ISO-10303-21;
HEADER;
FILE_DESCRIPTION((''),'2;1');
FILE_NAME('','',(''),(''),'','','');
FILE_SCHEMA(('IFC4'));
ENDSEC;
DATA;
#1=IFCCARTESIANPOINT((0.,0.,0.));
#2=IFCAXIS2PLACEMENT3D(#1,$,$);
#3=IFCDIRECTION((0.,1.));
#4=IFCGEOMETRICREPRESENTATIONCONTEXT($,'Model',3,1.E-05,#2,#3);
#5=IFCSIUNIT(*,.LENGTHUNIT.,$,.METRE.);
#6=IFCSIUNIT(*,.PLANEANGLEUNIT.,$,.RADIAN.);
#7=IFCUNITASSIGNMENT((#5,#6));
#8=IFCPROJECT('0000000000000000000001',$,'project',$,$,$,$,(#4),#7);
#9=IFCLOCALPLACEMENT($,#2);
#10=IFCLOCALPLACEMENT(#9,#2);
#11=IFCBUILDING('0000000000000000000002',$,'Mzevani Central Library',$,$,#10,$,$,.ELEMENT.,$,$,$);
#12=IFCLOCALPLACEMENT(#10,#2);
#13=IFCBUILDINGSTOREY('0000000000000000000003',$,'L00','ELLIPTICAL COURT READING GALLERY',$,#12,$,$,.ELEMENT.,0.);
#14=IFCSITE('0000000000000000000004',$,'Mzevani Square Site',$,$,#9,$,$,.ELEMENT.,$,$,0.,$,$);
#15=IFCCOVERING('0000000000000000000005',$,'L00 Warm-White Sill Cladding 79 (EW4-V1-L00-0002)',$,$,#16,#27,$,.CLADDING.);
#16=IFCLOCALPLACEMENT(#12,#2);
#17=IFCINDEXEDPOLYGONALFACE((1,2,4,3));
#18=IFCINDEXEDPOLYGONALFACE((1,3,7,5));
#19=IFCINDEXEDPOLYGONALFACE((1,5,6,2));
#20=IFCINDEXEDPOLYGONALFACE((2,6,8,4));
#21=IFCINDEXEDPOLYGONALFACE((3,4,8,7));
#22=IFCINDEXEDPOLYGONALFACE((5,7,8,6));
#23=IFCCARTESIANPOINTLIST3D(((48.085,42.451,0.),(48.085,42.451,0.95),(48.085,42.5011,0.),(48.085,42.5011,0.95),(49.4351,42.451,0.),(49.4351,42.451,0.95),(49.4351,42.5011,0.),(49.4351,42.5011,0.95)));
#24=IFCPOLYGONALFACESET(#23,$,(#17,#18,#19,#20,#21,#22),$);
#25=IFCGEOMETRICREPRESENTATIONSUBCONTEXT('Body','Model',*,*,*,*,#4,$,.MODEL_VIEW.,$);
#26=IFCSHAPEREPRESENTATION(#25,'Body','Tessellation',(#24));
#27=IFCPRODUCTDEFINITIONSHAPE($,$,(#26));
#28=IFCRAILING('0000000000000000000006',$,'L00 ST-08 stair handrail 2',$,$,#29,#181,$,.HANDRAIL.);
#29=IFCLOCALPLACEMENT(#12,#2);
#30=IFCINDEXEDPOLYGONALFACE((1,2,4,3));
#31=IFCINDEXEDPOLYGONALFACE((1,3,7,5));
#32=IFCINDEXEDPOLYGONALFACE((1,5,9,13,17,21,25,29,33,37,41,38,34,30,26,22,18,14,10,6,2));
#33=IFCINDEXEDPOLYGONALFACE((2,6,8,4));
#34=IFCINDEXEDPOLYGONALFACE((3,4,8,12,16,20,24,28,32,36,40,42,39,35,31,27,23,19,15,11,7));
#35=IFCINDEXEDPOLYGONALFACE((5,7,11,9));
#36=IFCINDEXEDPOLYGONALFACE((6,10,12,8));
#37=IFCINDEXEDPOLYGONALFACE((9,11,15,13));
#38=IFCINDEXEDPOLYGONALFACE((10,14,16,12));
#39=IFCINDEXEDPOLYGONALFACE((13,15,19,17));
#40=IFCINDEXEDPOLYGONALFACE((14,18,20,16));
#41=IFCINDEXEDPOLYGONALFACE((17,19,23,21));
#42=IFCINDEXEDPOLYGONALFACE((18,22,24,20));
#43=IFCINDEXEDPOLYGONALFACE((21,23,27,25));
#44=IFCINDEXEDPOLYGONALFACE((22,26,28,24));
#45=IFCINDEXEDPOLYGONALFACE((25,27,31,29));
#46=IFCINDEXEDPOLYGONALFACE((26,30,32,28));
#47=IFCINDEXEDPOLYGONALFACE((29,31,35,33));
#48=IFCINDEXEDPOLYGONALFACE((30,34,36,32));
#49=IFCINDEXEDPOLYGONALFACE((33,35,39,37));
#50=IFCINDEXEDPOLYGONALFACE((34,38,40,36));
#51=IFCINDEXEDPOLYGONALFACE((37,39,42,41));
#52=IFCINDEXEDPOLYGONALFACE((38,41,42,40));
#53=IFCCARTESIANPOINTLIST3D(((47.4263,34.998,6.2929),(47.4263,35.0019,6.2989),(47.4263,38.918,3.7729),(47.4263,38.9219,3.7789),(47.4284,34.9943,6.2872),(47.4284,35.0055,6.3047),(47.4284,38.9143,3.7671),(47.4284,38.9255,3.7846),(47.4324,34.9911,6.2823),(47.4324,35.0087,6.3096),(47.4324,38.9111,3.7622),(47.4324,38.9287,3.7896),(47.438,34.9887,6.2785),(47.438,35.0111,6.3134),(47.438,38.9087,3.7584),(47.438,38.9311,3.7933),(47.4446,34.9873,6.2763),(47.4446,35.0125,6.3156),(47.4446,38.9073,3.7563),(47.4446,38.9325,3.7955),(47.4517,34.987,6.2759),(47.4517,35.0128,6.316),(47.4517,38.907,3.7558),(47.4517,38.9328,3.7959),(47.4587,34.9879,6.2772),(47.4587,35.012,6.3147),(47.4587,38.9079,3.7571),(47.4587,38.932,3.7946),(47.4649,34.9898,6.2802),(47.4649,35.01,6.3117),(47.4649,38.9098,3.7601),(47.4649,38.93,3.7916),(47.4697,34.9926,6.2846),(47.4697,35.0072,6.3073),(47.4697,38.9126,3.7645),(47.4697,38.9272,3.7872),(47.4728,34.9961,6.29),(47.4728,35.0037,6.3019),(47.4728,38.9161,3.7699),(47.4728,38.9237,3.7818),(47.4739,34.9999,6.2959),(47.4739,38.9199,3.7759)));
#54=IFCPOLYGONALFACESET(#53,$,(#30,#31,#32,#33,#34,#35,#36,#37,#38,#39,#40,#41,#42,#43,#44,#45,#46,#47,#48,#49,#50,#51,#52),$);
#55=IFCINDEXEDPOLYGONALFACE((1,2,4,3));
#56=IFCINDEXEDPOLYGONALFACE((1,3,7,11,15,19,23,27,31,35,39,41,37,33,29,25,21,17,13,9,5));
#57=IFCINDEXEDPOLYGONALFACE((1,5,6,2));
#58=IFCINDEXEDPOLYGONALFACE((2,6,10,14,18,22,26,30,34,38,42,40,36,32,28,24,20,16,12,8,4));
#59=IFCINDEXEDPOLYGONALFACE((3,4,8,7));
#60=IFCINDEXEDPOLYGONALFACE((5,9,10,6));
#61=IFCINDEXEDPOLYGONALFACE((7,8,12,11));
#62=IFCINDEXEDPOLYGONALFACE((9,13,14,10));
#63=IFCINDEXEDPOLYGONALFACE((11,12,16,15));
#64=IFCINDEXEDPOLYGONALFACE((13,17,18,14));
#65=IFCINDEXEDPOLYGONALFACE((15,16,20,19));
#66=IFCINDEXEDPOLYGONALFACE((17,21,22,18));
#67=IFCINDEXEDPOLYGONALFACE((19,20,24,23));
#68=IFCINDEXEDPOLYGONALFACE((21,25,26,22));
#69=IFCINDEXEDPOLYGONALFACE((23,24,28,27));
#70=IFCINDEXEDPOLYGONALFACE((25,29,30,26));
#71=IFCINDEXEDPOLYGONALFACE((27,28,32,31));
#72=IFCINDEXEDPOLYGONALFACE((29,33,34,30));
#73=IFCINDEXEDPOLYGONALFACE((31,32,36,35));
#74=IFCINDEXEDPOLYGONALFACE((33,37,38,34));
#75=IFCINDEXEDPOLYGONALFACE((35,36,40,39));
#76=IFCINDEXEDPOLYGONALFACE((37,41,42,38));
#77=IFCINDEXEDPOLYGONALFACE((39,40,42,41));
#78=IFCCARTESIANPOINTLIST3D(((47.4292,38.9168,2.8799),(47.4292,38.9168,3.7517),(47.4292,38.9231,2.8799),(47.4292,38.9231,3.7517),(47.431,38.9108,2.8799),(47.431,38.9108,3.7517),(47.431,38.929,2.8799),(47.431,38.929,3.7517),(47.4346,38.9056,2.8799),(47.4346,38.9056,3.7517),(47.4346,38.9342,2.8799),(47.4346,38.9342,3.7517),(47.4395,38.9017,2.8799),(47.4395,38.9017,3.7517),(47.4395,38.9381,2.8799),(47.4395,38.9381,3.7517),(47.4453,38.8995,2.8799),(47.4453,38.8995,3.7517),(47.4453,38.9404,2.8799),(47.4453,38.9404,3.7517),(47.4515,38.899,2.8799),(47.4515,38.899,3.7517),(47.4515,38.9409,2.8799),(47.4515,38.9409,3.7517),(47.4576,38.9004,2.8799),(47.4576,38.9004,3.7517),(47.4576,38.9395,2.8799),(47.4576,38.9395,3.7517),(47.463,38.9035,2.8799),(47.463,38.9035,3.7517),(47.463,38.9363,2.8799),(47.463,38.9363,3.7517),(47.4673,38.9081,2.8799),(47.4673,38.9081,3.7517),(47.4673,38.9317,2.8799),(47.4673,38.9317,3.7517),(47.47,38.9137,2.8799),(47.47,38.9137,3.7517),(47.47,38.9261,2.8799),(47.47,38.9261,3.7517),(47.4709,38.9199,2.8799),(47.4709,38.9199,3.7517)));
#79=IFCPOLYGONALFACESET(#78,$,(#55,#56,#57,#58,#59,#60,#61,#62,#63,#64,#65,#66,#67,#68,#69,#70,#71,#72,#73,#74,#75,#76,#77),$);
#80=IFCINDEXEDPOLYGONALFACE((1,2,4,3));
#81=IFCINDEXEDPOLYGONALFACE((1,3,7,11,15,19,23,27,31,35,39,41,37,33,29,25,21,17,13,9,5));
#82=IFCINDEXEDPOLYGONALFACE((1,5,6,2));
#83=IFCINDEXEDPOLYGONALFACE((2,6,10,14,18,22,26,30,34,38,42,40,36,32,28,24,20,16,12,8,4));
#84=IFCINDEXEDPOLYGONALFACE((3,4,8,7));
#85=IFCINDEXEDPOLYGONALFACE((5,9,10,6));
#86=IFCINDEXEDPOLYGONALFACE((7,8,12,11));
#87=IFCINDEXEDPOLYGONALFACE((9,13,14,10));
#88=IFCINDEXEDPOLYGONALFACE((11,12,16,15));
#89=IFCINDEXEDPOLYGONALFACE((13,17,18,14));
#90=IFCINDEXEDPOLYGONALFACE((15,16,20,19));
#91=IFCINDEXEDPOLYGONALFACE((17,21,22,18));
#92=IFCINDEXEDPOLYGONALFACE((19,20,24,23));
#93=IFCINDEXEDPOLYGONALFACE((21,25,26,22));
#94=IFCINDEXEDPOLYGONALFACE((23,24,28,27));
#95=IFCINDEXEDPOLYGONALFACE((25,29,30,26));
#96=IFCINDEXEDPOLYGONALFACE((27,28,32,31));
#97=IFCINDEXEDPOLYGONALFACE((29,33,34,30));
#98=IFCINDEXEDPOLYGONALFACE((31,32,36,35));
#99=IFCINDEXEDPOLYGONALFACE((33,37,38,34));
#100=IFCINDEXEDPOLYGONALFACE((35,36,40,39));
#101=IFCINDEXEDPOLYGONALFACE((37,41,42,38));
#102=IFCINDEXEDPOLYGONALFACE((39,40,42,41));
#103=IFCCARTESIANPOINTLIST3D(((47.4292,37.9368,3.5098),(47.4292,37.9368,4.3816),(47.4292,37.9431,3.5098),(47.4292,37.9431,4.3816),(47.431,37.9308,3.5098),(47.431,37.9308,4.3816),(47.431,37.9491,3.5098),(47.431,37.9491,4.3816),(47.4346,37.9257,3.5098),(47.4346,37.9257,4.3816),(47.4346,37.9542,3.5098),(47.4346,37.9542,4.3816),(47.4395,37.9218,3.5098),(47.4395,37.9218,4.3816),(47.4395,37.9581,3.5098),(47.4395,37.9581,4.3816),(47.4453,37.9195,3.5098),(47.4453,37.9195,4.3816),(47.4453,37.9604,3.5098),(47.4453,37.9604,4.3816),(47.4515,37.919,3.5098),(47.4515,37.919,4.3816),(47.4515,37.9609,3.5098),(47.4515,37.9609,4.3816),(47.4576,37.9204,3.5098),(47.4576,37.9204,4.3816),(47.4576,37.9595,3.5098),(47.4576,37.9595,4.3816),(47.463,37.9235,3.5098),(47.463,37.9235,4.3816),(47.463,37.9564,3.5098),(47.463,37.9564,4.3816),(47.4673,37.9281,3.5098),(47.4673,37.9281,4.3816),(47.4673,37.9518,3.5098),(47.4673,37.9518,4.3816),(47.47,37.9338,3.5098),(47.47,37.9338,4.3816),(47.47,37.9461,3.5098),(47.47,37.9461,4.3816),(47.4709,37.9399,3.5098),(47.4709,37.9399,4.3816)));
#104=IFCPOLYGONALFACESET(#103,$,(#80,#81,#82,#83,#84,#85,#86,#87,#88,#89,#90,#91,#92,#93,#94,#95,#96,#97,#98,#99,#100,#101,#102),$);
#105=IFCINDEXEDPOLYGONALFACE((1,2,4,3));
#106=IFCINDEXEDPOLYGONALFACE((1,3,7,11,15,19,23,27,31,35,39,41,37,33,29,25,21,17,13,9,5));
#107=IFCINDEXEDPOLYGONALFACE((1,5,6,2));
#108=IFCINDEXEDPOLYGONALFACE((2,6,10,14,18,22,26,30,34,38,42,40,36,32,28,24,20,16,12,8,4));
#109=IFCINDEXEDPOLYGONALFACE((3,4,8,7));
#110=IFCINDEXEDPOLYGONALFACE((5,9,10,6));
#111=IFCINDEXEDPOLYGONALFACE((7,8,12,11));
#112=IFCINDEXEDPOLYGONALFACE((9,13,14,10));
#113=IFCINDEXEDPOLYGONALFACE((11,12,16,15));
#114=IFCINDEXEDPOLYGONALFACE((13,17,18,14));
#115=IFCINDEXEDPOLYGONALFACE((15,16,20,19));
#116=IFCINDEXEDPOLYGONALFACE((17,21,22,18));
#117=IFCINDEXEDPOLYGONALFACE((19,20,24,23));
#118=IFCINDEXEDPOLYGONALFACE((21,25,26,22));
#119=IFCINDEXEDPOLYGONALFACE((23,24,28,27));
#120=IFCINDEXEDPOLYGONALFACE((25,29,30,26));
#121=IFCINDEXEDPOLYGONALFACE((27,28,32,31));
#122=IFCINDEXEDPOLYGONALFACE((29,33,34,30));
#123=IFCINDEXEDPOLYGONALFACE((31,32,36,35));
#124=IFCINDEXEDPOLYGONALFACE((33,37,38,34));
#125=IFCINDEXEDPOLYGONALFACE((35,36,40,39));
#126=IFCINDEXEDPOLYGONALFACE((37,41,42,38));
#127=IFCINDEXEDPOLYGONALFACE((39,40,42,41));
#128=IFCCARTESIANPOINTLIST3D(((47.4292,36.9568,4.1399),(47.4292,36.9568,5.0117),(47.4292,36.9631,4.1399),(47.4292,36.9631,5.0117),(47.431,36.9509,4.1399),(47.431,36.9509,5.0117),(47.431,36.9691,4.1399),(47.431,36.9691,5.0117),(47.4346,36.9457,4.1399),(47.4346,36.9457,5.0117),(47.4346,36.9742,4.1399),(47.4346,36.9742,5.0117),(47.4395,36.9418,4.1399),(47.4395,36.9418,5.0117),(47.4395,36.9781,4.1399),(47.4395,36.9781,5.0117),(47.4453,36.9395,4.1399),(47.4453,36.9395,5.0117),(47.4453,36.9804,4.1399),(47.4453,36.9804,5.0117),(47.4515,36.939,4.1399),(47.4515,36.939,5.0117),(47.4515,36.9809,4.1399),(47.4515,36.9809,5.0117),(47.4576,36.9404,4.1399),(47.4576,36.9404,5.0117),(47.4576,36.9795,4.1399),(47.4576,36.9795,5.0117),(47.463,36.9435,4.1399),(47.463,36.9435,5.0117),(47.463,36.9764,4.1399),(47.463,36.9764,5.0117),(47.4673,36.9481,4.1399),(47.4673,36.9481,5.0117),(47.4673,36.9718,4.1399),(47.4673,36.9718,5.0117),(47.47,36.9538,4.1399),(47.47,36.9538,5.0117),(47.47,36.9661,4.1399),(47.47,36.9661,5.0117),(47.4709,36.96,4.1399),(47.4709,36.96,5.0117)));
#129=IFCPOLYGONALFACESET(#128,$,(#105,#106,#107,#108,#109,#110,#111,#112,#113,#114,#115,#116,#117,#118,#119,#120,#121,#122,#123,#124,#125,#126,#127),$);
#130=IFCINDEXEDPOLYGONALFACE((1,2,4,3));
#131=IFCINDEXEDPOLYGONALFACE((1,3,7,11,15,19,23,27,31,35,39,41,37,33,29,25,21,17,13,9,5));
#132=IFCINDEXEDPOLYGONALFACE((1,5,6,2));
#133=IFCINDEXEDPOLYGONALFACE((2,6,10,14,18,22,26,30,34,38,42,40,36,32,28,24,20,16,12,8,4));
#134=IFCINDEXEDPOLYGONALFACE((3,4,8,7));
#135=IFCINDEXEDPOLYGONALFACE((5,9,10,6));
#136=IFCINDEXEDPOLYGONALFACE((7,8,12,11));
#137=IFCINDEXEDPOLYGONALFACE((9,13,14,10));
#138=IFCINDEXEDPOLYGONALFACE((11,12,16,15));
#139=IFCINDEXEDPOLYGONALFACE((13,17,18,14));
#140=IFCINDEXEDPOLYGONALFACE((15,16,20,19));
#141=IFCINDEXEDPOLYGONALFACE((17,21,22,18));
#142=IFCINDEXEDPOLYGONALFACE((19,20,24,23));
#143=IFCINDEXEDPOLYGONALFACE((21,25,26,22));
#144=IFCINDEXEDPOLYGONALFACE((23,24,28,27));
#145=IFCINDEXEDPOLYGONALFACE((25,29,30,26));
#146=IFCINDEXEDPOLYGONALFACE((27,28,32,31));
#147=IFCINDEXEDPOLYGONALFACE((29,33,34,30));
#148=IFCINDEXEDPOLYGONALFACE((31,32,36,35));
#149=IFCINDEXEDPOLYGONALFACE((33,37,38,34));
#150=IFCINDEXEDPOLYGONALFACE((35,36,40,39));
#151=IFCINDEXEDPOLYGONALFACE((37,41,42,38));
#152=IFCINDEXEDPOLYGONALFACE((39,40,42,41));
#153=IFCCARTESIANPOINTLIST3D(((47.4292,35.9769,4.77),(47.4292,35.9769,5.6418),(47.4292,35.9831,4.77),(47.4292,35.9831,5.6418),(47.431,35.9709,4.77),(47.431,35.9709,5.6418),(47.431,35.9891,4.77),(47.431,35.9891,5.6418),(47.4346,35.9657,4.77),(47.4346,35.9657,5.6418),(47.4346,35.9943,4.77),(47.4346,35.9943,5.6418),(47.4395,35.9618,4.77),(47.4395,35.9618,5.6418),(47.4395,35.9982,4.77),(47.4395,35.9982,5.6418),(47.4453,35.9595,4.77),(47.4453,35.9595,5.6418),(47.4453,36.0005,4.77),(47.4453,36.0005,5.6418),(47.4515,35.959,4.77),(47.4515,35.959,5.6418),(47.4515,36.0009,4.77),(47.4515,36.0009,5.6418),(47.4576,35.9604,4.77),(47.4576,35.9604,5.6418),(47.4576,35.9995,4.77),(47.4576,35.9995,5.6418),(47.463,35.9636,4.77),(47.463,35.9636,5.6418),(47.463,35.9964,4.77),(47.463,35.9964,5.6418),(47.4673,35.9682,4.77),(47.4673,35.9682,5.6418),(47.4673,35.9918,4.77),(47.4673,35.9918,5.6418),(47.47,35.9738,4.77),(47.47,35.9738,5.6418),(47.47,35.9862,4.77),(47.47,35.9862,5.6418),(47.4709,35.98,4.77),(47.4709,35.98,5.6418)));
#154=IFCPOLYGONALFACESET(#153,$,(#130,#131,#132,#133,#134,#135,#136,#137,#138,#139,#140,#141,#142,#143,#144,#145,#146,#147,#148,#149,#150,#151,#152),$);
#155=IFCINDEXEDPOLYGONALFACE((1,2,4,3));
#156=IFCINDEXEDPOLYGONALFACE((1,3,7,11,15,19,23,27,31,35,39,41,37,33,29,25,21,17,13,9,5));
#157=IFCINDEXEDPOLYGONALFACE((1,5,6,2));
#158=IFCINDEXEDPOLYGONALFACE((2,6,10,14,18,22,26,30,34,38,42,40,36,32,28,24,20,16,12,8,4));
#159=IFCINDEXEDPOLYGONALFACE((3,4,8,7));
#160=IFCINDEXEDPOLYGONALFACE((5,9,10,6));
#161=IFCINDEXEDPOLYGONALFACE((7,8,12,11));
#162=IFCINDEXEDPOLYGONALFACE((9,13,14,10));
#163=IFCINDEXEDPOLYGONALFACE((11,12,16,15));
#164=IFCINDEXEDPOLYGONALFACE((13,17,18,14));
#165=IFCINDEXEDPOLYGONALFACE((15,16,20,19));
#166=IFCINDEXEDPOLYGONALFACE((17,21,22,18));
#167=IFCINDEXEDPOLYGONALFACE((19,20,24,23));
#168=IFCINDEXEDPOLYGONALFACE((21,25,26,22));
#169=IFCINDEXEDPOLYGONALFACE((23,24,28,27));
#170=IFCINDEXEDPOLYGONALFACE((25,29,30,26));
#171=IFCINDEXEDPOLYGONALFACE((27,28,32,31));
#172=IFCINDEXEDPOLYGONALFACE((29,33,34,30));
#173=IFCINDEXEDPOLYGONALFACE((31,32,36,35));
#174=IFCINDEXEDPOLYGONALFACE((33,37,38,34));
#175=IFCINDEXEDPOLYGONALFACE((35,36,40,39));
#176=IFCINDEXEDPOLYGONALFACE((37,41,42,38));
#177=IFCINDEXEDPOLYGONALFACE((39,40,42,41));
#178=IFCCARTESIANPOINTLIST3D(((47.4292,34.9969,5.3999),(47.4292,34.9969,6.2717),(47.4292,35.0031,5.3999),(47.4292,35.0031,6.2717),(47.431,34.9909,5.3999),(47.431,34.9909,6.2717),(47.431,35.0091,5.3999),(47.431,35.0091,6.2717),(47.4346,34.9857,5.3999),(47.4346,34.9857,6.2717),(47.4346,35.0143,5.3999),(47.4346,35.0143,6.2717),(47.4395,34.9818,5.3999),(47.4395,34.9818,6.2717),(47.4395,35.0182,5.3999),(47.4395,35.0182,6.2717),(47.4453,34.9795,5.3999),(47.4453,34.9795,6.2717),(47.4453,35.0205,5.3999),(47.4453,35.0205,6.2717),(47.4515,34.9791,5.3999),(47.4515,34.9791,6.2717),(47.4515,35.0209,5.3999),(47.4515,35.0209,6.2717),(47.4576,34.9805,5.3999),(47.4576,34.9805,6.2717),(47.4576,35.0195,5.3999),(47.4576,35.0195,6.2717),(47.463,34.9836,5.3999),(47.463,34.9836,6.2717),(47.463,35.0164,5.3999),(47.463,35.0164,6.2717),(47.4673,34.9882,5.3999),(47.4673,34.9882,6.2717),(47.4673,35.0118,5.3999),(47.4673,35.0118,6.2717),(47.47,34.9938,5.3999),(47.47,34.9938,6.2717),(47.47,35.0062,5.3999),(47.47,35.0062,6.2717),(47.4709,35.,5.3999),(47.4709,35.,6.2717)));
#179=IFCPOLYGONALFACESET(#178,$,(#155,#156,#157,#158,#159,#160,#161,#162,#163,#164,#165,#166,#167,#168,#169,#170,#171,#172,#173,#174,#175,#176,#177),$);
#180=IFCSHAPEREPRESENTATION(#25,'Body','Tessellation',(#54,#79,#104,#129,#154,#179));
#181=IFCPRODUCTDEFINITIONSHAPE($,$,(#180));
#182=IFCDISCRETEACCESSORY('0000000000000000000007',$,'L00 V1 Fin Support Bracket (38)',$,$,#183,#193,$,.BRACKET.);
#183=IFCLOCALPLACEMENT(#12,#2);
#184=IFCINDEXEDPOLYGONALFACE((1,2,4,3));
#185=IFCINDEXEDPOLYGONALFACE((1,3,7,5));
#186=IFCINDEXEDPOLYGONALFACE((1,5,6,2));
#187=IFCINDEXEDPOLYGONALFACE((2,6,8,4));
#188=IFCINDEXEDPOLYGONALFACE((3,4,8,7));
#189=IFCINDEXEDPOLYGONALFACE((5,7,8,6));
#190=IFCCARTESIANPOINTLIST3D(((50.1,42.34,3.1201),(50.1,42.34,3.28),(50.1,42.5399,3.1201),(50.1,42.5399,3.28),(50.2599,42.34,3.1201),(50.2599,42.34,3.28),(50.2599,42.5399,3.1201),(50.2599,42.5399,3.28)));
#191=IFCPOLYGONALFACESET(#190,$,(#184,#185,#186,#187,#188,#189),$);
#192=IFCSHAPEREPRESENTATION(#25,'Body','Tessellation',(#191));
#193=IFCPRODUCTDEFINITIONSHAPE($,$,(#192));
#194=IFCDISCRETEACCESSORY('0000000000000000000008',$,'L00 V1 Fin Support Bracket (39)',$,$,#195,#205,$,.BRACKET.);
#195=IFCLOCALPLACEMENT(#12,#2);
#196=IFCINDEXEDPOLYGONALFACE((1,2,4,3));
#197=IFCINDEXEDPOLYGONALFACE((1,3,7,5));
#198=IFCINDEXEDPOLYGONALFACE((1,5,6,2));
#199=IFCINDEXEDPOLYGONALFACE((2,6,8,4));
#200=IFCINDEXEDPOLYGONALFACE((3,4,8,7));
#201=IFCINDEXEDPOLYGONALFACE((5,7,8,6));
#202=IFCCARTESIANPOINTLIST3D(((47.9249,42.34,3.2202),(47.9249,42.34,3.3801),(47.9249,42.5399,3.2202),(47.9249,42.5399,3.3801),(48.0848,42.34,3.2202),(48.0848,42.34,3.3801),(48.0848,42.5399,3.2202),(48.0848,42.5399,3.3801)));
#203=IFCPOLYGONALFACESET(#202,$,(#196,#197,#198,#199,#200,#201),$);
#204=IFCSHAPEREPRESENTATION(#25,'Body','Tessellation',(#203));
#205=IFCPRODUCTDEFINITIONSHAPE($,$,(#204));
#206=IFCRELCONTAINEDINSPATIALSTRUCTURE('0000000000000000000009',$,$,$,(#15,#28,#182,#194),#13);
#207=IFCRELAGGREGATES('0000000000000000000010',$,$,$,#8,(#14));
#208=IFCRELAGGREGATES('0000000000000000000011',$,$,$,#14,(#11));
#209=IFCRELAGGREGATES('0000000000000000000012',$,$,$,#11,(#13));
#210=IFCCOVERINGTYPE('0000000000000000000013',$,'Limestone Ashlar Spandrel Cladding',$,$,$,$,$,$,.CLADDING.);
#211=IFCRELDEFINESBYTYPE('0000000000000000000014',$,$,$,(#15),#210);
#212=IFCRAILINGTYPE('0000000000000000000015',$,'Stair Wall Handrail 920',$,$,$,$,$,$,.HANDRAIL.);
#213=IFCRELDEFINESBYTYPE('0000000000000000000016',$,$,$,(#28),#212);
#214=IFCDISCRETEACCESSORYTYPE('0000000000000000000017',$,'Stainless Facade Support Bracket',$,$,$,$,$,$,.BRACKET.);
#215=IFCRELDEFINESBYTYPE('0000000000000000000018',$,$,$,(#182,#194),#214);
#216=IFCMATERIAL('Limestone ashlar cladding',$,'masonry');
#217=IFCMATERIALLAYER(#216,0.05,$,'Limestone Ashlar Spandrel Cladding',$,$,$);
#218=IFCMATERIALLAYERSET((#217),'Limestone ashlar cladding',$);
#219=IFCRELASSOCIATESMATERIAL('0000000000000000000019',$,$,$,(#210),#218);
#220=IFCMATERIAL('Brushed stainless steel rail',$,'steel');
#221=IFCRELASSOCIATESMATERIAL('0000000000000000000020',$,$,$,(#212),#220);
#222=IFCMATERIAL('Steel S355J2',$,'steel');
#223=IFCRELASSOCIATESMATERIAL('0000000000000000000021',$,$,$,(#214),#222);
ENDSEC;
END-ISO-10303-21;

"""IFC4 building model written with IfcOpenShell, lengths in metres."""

from ifc_helpers import new_model, si_unit, direction, frame, origin, origin_2d, place, context, subcontext, project, spatial, rectangle, circle, extrude, material, layer, layer_set, type_object, element, save


model = new_model("IFC4")

# Units and contexts
model_context = context("Model", 3, precision=1e-05, world=origin(), true_north=direction((0.0, 1.0)))
body_context = subcontext(model_context, "Body", "Model", "MODEL_VIEW")
ifc_project = project(units=[si_unit("LENGTHUNIT", "METRE"), si_unit("PLANEANGLEUNIT", "RADIAN")], contexts=[model_context])

# Site, building, storey
site_placement = place(None, origin())
site = spatial("IfcSite", under=ifc_project, at=site_placement, Name="Mzevani Square Site", CompositionType="ELEMENT", RefElevation=0.0)
building_placement = place(site_placement, origin())
building = spatial("IfcBuilding", under=site, at=building_placement, Name="Mzevani Central Library", CompositionType="ELEMENT")
storey_placement = place(building_placement, origin())
storey = spatial("IfcBuildingStorey", under=building, at=storey_placement, Name="L00", Description="ELLIPTICAL COURT READING GALLERY", CompositionType="ELEMENT", Elevation=0.0)

# Shared definitions
ifc_material_1 = material(Name="Brushed stainless steel rail", Category="steel")

# Covering
ifc_material_2 = material(Name="Limestone ashlar cladding", Category="masonry")
ifc_layer_1 = layer(ifc_material_2, 0.05, Name="Limestone Ashlar Spandrel Cladding")
ifc_layer_set_1 = layer_set([ifc_layer_1], Name="Limestone ashlar cladding")
covering_type = type_object("IfcCoveringType", Name="Limestone Ashlar Spandrel Cladding", PredefinedType="CLADDING", material=ifc_layer_set_1)
covering_1_placement = place(storey_placement, frame((48.76, 42.4761, 0.0), z_axis=(0.0, 0.0, 1.0), x_axis=(-1.0, 0.0, 0.0)))
element("IfcCovering", 1, at=covering_1_placement, inside=storey, type_object=covering_type, Name="L00 Warm-White Sill Cladding 79 (EW4-V1-L00-0002)", PredefinedType="CLADDING", context=body_context, shape_type="SweptSolid", body=[
    extrude(rectangle(XDim=1.3501, YDim=0.05, at=origin_2d()), origin(), (0.0, 0.0, 1.0), 0.95),
])

# Railing
railing_type_1 = type_object("IfcRailingType", Name="Stair Wall Handrail 920", PredefinedType="HANDRAIL", material=ifc_material_1)
railing_1_placement = place(storey_placement, frame((47.45, 38.9199, 2.8799)))
element("IfcRailing", 2, at=railing_1_placement, inside=storey, type_object=railing_type_1, Name="L00 ST-08 stair handrail 2", PredefinedType="HANDRAIL", context=body_context, shape_type="SweptSolid", body=[
    extrude(circle(Radius=0.0239, at=origin_2d()), frame((0.0, 0.0, 0.896), z_axis=(0.0, -0.841172, 0.540768), x_axis=(1.0, 0.0, 0.0)), (0.0, 0.0, 1.0), 4.6602),
    extrude(circle(Radius=0.021, at=origin_2d()), origin(), (0.0, 0.0, 1.0), 0.8718),
    extrude(circle(Radius=0.021, at=origin_2d()), frame((0.0, -0.98, 0.6299)), (0.0, 0.0, 1.0), 0.8718),
    extrude(circle(Radius=0.021, at=origin_2d()), frame((0.0, -1.96, 1.26)), (0.0, 0.0, 1.0), 0.8718),
    extrude(circle(Radius=0.021, at=origin_2d()), frame((0.0, -2.9399, 1.8901)), (0.0, 0.0, 1.0), 0.8718),
    extrude(circle(Radius=0.021, at=origin_2d()), frame((0.0, -3.9199, 2.52)), (0.0, 0.0, 1.0), 0.8718),
])

# Discrete accessories
ifc_material_3 = material(Name="Steel S355J2", Category="steel")
discrete_accessory_type = type_object("IfcDiscreteAccessoryType", Name="Stainless Facade Support Bracket", PredefinedType="BRACKET", material=ifc_material_3)
for number, where, z_axis, x_axis, name in (
    (3, (50.1799, 42.4399, 3.1201), (0.0, 0.0, 1.0), (-1.0, 0.0, 0.0), "L00 V1 Fin Support Bracket (38)"),
    (4, (48.0049, 42.4399, 3.2202), (0.0, 0.0, 1.0), (-1.0, 0.0, 0.0), "L00 V1 Fin Support Bracket (39)"),
):
    element("IfcDiscreteAccessory", number, at=place(storey_placement, frame(where, z_axis=z_axis, x_axis=x_axis)), inside=storey, type_object=discrete_accessory_type, Name=name, PredefinedType="BRACKET", context=body_context, shape_type="SweptSolid", body=[
        extrude(rectangle(XDim=0.1599, YDim=0.2, at=origin_2d()), origin(), (0.0, 0.0, 1.0), 0.1599),
    ])

save(model, "model.ifc")
